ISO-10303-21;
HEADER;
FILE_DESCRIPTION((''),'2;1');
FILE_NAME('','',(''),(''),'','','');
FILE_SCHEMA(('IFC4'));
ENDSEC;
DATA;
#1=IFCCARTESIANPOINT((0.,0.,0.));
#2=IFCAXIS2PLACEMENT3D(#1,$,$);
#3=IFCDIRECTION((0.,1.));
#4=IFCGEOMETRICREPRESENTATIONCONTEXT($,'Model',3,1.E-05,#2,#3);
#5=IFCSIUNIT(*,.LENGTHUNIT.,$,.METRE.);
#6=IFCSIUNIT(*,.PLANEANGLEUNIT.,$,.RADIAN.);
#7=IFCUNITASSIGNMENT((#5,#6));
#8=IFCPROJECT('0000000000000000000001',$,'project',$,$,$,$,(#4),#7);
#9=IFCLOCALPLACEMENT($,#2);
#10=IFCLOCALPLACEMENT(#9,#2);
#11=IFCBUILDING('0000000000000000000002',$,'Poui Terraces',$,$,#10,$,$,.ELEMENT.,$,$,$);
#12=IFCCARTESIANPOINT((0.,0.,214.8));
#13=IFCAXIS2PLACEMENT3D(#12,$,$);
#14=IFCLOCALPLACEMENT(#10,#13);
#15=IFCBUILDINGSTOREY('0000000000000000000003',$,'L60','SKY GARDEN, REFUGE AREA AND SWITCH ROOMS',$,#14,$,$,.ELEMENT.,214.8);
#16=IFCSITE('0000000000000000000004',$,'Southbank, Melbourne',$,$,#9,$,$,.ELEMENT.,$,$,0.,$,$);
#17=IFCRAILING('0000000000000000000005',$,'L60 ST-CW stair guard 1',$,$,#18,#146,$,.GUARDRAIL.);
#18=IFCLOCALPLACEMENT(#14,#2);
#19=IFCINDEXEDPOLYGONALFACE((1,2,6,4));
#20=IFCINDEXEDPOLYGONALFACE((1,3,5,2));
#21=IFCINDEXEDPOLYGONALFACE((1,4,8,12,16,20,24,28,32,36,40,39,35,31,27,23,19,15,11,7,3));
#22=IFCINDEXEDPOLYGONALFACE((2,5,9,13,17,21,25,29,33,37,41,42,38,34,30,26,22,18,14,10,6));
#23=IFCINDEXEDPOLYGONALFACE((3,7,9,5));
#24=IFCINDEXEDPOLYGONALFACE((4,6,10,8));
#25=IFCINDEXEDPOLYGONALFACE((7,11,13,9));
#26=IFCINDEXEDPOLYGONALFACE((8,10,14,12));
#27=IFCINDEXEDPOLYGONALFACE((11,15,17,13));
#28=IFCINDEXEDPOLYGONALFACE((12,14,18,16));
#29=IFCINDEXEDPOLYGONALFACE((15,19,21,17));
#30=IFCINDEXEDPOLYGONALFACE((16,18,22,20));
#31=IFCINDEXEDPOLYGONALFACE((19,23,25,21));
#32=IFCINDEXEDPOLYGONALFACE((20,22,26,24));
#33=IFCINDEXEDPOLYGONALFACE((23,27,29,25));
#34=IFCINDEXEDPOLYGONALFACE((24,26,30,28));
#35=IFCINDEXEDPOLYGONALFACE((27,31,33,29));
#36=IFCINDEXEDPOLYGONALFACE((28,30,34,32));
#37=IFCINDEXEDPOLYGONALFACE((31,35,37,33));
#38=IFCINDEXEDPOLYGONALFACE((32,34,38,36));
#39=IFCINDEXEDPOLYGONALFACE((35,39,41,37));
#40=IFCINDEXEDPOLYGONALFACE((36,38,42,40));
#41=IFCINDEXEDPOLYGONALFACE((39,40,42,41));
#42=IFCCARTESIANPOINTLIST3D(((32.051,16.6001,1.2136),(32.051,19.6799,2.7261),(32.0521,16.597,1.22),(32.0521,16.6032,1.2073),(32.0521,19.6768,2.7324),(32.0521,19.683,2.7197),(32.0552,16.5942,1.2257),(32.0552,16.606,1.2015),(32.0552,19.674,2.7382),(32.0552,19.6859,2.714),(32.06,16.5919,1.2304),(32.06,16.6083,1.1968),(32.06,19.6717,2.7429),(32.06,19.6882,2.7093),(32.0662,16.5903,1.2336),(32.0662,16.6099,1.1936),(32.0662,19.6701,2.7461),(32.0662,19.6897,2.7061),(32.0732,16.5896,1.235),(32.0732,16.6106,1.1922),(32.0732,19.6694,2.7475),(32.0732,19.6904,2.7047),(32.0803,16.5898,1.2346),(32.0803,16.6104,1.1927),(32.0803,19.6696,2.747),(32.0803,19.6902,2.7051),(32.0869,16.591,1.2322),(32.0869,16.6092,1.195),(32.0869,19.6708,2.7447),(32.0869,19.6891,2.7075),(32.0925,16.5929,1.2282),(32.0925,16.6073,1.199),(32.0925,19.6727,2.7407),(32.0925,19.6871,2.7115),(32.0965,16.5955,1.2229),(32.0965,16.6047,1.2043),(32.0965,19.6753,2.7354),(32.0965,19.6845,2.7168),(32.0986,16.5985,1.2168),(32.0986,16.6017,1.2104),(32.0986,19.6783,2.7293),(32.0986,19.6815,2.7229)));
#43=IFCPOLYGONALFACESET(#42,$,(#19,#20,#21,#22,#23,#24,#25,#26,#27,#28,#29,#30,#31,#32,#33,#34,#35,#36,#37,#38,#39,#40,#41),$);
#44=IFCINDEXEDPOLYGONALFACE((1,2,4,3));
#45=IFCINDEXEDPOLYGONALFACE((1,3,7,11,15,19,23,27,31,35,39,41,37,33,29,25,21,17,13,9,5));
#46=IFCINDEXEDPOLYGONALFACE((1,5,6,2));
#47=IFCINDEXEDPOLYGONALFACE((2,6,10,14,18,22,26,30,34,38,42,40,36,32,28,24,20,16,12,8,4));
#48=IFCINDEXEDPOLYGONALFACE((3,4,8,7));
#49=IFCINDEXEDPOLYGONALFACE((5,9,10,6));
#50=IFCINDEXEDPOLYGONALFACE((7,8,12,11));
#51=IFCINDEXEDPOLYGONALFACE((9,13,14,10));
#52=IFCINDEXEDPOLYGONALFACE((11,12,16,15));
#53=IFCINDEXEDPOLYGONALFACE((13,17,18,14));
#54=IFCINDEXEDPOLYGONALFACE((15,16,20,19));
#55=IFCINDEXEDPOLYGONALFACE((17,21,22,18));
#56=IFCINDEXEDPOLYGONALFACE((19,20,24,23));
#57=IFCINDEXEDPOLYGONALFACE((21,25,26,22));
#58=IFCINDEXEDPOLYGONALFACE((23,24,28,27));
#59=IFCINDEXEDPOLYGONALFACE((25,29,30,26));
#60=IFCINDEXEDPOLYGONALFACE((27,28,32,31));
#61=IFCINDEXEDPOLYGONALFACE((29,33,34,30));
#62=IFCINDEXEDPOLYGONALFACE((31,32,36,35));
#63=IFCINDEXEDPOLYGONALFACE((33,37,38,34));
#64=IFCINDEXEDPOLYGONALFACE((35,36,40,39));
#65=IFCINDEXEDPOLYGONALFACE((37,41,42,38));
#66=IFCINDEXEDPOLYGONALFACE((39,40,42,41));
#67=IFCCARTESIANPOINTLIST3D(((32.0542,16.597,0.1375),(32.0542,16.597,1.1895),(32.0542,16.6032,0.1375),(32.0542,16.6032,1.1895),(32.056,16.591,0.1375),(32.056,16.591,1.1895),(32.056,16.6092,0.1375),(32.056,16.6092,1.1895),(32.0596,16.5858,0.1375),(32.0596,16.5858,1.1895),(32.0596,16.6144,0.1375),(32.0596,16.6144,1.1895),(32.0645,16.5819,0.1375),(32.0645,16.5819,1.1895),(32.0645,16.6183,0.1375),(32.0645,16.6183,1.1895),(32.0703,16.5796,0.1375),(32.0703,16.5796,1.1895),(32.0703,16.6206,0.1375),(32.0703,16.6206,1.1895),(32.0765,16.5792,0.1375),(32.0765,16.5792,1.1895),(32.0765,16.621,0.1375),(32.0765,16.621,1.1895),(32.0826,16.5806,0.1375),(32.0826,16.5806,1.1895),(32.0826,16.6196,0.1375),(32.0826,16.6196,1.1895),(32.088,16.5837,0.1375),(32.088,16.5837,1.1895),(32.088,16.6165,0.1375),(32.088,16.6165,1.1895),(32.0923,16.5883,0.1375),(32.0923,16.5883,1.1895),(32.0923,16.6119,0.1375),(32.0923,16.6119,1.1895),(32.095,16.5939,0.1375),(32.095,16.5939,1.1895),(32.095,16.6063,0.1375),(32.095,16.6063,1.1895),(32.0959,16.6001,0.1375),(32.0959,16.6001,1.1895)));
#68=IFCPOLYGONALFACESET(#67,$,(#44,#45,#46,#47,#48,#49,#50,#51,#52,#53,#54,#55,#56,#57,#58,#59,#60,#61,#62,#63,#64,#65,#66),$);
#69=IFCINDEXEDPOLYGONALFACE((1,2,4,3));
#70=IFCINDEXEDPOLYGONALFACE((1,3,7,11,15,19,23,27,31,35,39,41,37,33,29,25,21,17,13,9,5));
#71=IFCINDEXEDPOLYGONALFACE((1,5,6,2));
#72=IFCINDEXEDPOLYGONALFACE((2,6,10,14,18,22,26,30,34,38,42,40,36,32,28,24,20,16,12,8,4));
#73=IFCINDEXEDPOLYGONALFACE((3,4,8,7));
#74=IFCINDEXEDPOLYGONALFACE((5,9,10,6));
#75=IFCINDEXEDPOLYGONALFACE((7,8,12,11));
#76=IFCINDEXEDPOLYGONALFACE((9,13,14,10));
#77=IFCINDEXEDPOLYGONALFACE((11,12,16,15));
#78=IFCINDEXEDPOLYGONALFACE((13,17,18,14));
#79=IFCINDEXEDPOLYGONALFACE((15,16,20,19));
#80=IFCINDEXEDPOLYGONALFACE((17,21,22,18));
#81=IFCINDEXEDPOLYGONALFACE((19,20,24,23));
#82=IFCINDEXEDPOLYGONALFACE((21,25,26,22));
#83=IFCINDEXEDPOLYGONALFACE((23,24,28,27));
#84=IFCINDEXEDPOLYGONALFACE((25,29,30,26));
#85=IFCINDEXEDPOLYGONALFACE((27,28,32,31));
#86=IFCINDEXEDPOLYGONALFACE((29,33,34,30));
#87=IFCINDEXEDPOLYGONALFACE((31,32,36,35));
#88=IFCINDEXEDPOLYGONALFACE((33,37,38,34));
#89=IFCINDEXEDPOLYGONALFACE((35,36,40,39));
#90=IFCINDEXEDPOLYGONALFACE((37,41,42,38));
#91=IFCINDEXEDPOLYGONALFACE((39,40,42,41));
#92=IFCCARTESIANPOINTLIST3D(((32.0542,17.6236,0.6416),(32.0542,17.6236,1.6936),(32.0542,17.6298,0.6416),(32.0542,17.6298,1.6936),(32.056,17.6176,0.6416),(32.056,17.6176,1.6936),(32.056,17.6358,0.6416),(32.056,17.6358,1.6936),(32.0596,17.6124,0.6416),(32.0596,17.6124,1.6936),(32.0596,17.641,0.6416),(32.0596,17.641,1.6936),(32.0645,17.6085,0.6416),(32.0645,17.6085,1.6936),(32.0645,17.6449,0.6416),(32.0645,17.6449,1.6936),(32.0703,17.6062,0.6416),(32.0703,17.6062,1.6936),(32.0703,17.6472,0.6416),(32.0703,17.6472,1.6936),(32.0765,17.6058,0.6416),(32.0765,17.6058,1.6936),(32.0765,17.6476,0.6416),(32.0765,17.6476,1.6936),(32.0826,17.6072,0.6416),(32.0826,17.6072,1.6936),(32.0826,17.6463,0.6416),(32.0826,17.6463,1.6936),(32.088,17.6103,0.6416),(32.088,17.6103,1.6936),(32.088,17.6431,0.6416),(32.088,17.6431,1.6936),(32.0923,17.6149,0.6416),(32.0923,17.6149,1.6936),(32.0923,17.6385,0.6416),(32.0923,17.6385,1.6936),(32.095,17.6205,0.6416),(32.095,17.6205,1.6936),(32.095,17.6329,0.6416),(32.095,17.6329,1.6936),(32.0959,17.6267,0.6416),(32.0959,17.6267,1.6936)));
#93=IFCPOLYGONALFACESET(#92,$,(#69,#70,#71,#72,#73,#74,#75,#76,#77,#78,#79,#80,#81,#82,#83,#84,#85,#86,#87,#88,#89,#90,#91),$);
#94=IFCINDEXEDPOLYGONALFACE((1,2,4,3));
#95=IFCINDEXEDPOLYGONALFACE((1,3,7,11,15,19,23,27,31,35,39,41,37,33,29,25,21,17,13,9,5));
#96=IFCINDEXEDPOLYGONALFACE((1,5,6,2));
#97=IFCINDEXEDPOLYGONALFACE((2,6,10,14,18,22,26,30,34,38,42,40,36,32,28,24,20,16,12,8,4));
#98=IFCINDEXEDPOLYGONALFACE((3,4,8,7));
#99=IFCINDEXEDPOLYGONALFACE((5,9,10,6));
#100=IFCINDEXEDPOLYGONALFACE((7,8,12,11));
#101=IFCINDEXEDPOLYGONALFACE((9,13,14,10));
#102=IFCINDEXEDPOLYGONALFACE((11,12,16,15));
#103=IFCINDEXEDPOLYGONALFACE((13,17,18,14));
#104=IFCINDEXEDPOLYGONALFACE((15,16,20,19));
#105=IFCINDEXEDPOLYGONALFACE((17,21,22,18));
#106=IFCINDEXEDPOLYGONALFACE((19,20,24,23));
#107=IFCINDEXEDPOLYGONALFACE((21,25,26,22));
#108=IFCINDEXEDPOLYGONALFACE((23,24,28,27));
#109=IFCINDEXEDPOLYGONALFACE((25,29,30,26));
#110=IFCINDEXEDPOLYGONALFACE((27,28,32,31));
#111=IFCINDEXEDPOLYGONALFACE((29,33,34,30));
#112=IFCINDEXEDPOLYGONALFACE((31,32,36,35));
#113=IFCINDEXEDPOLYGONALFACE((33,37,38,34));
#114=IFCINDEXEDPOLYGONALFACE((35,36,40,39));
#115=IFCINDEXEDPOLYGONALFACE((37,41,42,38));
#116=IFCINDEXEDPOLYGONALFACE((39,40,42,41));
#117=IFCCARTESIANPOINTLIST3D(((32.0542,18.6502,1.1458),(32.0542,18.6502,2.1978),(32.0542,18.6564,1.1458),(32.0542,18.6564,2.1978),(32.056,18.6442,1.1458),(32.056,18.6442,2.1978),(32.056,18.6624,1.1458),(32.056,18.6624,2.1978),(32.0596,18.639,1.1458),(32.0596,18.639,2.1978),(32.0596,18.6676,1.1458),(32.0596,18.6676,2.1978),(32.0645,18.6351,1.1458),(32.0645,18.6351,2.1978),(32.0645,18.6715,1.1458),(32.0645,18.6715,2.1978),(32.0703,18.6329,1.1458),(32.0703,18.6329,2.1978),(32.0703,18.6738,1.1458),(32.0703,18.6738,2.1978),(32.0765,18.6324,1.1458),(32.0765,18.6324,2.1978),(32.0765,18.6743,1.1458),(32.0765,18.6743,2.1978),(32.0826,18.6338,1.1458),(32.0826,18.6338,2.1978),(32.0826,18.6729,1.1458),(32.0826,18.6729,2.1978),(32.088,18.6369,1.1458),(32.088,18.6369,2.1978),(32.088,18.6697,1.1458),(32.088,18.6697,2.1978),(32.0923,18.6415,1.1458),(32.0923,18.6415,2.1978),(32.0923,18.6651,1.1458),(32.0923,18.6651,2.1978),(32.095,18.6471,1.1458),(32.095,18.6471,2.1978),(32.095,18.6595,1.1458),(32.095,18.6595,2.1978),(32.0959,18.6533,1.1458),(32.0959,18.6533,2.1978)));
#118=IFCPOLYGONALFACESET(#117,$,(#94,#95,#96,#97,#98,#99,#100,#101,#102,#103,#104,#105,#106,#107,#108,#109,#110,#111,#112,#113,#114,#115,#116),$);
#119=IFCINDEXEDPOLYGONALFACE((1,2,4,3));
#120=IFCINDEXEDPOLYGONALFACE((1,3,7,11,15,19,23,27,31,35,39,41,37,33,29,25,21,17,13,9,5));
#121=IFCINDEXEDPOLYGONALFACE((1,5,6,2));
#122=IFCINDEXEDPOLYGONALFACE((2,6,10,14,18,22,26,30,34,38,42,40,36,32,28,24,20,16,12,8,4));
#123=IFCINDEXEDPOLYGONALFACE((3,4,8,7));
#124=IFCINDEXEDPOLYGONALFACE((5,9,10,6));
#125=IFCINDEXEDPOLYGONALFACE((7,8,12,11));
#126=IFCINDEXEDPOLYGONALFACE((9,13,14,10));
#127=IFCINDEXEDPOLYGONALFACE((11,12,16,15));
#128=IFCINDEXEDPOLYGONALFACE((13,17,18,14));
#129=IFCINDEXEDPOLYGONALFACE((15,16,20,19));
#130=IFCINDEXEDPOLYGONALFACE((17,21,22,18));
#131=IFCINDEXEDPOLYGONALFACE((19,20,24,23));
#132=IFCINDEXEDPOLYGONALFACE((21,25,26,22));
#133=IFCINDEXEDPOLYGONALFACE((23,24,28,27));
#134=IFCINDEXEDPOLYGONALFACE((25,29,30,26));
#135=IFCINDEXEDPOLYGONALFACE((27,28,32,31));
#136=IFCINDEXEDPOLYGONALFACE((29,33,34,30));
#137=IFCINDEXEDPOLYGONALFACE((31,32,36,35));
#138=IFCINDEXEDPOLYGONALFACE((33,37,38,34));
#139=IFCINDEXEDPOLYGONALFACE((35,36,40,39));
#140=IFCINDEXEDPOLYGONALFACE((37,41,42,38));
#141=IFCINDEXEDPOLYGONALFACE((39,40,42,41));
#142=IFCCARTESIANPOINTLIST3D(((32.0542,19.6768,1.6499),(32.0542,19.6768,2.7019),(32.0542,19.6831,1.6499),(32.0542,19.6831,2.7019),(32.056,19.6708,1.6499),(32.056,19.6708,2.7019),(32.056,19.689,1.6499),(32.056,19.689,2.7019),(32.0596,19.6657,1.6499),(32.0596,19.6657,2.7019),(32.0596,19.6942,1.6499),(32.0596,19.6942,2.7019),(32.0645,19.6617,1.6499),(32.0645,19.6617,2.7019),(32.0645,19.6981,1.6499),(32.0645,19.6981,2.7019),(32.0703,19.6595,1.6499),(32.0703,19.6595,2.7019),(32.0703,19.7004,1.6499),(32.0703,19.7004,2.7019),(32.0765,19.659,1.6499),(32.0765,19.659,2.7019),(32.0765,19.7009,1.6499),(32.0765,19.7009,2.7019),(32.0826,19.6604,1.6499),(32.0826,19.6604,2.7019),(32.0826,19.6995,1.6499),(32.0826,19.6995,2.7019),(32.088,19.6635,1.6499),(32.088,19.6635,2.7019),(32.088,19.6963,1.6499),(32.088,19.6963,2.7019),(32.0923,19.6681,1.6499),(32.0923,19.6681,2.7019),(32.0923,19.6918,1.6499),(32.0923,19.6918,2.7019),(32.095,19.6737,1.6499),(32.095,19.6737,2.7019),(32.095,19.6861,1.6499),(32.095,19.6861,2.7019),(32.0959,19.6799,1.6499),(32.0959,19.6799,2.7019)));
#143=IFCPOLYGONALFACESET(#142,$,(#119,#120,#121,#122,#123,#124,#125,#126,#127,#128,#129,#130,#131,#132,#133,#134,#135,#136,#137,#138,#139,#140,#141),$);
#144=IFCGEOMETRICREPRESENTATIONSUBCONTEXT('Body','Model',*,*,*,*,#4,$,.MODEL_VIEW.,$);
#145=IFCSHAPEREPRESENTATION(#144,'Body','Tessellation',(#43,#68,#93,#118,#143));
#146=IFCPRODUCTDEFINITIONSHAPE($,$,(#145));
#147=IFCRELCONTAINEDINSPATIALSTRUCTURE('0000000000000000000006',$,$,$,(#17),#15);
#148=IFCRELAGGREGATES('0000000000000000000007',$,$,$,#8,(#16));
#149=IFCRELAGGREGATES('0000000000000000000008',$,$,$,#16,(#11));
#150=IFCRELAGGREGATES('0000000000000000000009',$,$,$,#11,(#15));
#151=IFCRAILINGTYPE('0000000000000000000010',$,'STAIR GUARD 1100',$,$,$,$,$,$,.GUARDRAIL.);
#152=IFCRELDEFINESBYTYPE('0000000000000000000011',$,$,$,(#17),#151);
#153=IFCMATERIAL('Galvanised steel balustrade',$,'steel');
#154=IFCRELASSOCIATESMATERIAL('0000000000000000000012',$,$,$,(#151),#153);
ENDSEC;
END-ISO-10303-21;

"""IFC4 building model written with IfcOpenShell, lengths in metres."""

from ifc_helpers import new_model, si_unit, direction, frame, origin, origin_2d, place, context, subcontext, project, spatial, circle, extrude, material, type_object, element, save


model = new_model("IFC4")

# Units and contexts
model_context = context("Model", 3, precision=1e-05, world=origin(), true_north=direction((0.0, 1.0)))
body_context = subcontext(model_context, "Body", "Model", "MODEL_VIEW")
ifc_project = project(units=[si_unit("LENGTHUNIT", "METRE"), si_unit("PLANEANGLEUNIT", "RADIAN")], contexts=[model_context])

# Site, building, storey
site_placement = place(None, origin())
site = spatial("IfcSite", under=ifc_project, at=site_placement, Name="Southbank, Melbourne", CompositionType="ELEMENT", RefElevation=0.0)
building_placement = place(site_placement, origin())
building = spatial("IfcBuilding", under=site, at=building_placement, Name="Poui Terraces", CompositionType="ELEMENT")
storey_placement = place(building_placement, frame((0.0, 0.0, 214.8)))
storey = spatial("IfcBuildingStorey", under=building, at=storey_placement, Name="L60", Description="SKY GARDEN, REFUGE AREA AND SWITCH ROOMS", CompositionType="ELEMENT", Elevation=214.8)

# Railing
ifc_material_1 = material(Name="Galvanised steel balustrade", Category="steel")
railing_type_1 = type_object("IfcRailingType", Name="STAIR GUARD 1100", PredefinedType="GUARDRAIL", material=ifc_material_1)
railing_1_placement = place(storey_placement, frame((32.075, 16.6001, 0.1375)))
element("IfcRailing", 1, at=railing_1_placement, inside=storey, type_object=railing_type_1, Name="L60 ST-CW stair guard 1", PredefinedType="GUARDRAIL", context=body_context, shape_type="SweptSolid", body=[
    extrude(circle(Radius=0.0239, at=origin_2d()), frame((0.0, 0.0, 1.0762), z_axis=(0.0, 0.897606, 0.440798), x_axis=(-1.0, 0.0, 0.0)), (0.0, 0.0, 1.0), 3.4312),
    extrude(circle(Radius=0.021, at=origin_2d()), origin(), (0.0, 0.0, 1.0), 1.052),
    extrude(circle(Radius=0.021, at=origin_2d()), frame((0.0, 1.0266, 0.5042)), (0.0, 0.0, 1.0), 1.052),
    extrude(circle(Radius=0.021, at=origin_2d()), frame((0.0, 2.0532, 1.0083)), (0.0, 0.0, 1.0), 1.052),
    extrude(circle(Radius=0.021, at=origin_2d()), frame((0.0, 3.0798, 1.5125)), (0.0, 0.0, 1.0), 1.052),
])

save(model, "model.ifc")
